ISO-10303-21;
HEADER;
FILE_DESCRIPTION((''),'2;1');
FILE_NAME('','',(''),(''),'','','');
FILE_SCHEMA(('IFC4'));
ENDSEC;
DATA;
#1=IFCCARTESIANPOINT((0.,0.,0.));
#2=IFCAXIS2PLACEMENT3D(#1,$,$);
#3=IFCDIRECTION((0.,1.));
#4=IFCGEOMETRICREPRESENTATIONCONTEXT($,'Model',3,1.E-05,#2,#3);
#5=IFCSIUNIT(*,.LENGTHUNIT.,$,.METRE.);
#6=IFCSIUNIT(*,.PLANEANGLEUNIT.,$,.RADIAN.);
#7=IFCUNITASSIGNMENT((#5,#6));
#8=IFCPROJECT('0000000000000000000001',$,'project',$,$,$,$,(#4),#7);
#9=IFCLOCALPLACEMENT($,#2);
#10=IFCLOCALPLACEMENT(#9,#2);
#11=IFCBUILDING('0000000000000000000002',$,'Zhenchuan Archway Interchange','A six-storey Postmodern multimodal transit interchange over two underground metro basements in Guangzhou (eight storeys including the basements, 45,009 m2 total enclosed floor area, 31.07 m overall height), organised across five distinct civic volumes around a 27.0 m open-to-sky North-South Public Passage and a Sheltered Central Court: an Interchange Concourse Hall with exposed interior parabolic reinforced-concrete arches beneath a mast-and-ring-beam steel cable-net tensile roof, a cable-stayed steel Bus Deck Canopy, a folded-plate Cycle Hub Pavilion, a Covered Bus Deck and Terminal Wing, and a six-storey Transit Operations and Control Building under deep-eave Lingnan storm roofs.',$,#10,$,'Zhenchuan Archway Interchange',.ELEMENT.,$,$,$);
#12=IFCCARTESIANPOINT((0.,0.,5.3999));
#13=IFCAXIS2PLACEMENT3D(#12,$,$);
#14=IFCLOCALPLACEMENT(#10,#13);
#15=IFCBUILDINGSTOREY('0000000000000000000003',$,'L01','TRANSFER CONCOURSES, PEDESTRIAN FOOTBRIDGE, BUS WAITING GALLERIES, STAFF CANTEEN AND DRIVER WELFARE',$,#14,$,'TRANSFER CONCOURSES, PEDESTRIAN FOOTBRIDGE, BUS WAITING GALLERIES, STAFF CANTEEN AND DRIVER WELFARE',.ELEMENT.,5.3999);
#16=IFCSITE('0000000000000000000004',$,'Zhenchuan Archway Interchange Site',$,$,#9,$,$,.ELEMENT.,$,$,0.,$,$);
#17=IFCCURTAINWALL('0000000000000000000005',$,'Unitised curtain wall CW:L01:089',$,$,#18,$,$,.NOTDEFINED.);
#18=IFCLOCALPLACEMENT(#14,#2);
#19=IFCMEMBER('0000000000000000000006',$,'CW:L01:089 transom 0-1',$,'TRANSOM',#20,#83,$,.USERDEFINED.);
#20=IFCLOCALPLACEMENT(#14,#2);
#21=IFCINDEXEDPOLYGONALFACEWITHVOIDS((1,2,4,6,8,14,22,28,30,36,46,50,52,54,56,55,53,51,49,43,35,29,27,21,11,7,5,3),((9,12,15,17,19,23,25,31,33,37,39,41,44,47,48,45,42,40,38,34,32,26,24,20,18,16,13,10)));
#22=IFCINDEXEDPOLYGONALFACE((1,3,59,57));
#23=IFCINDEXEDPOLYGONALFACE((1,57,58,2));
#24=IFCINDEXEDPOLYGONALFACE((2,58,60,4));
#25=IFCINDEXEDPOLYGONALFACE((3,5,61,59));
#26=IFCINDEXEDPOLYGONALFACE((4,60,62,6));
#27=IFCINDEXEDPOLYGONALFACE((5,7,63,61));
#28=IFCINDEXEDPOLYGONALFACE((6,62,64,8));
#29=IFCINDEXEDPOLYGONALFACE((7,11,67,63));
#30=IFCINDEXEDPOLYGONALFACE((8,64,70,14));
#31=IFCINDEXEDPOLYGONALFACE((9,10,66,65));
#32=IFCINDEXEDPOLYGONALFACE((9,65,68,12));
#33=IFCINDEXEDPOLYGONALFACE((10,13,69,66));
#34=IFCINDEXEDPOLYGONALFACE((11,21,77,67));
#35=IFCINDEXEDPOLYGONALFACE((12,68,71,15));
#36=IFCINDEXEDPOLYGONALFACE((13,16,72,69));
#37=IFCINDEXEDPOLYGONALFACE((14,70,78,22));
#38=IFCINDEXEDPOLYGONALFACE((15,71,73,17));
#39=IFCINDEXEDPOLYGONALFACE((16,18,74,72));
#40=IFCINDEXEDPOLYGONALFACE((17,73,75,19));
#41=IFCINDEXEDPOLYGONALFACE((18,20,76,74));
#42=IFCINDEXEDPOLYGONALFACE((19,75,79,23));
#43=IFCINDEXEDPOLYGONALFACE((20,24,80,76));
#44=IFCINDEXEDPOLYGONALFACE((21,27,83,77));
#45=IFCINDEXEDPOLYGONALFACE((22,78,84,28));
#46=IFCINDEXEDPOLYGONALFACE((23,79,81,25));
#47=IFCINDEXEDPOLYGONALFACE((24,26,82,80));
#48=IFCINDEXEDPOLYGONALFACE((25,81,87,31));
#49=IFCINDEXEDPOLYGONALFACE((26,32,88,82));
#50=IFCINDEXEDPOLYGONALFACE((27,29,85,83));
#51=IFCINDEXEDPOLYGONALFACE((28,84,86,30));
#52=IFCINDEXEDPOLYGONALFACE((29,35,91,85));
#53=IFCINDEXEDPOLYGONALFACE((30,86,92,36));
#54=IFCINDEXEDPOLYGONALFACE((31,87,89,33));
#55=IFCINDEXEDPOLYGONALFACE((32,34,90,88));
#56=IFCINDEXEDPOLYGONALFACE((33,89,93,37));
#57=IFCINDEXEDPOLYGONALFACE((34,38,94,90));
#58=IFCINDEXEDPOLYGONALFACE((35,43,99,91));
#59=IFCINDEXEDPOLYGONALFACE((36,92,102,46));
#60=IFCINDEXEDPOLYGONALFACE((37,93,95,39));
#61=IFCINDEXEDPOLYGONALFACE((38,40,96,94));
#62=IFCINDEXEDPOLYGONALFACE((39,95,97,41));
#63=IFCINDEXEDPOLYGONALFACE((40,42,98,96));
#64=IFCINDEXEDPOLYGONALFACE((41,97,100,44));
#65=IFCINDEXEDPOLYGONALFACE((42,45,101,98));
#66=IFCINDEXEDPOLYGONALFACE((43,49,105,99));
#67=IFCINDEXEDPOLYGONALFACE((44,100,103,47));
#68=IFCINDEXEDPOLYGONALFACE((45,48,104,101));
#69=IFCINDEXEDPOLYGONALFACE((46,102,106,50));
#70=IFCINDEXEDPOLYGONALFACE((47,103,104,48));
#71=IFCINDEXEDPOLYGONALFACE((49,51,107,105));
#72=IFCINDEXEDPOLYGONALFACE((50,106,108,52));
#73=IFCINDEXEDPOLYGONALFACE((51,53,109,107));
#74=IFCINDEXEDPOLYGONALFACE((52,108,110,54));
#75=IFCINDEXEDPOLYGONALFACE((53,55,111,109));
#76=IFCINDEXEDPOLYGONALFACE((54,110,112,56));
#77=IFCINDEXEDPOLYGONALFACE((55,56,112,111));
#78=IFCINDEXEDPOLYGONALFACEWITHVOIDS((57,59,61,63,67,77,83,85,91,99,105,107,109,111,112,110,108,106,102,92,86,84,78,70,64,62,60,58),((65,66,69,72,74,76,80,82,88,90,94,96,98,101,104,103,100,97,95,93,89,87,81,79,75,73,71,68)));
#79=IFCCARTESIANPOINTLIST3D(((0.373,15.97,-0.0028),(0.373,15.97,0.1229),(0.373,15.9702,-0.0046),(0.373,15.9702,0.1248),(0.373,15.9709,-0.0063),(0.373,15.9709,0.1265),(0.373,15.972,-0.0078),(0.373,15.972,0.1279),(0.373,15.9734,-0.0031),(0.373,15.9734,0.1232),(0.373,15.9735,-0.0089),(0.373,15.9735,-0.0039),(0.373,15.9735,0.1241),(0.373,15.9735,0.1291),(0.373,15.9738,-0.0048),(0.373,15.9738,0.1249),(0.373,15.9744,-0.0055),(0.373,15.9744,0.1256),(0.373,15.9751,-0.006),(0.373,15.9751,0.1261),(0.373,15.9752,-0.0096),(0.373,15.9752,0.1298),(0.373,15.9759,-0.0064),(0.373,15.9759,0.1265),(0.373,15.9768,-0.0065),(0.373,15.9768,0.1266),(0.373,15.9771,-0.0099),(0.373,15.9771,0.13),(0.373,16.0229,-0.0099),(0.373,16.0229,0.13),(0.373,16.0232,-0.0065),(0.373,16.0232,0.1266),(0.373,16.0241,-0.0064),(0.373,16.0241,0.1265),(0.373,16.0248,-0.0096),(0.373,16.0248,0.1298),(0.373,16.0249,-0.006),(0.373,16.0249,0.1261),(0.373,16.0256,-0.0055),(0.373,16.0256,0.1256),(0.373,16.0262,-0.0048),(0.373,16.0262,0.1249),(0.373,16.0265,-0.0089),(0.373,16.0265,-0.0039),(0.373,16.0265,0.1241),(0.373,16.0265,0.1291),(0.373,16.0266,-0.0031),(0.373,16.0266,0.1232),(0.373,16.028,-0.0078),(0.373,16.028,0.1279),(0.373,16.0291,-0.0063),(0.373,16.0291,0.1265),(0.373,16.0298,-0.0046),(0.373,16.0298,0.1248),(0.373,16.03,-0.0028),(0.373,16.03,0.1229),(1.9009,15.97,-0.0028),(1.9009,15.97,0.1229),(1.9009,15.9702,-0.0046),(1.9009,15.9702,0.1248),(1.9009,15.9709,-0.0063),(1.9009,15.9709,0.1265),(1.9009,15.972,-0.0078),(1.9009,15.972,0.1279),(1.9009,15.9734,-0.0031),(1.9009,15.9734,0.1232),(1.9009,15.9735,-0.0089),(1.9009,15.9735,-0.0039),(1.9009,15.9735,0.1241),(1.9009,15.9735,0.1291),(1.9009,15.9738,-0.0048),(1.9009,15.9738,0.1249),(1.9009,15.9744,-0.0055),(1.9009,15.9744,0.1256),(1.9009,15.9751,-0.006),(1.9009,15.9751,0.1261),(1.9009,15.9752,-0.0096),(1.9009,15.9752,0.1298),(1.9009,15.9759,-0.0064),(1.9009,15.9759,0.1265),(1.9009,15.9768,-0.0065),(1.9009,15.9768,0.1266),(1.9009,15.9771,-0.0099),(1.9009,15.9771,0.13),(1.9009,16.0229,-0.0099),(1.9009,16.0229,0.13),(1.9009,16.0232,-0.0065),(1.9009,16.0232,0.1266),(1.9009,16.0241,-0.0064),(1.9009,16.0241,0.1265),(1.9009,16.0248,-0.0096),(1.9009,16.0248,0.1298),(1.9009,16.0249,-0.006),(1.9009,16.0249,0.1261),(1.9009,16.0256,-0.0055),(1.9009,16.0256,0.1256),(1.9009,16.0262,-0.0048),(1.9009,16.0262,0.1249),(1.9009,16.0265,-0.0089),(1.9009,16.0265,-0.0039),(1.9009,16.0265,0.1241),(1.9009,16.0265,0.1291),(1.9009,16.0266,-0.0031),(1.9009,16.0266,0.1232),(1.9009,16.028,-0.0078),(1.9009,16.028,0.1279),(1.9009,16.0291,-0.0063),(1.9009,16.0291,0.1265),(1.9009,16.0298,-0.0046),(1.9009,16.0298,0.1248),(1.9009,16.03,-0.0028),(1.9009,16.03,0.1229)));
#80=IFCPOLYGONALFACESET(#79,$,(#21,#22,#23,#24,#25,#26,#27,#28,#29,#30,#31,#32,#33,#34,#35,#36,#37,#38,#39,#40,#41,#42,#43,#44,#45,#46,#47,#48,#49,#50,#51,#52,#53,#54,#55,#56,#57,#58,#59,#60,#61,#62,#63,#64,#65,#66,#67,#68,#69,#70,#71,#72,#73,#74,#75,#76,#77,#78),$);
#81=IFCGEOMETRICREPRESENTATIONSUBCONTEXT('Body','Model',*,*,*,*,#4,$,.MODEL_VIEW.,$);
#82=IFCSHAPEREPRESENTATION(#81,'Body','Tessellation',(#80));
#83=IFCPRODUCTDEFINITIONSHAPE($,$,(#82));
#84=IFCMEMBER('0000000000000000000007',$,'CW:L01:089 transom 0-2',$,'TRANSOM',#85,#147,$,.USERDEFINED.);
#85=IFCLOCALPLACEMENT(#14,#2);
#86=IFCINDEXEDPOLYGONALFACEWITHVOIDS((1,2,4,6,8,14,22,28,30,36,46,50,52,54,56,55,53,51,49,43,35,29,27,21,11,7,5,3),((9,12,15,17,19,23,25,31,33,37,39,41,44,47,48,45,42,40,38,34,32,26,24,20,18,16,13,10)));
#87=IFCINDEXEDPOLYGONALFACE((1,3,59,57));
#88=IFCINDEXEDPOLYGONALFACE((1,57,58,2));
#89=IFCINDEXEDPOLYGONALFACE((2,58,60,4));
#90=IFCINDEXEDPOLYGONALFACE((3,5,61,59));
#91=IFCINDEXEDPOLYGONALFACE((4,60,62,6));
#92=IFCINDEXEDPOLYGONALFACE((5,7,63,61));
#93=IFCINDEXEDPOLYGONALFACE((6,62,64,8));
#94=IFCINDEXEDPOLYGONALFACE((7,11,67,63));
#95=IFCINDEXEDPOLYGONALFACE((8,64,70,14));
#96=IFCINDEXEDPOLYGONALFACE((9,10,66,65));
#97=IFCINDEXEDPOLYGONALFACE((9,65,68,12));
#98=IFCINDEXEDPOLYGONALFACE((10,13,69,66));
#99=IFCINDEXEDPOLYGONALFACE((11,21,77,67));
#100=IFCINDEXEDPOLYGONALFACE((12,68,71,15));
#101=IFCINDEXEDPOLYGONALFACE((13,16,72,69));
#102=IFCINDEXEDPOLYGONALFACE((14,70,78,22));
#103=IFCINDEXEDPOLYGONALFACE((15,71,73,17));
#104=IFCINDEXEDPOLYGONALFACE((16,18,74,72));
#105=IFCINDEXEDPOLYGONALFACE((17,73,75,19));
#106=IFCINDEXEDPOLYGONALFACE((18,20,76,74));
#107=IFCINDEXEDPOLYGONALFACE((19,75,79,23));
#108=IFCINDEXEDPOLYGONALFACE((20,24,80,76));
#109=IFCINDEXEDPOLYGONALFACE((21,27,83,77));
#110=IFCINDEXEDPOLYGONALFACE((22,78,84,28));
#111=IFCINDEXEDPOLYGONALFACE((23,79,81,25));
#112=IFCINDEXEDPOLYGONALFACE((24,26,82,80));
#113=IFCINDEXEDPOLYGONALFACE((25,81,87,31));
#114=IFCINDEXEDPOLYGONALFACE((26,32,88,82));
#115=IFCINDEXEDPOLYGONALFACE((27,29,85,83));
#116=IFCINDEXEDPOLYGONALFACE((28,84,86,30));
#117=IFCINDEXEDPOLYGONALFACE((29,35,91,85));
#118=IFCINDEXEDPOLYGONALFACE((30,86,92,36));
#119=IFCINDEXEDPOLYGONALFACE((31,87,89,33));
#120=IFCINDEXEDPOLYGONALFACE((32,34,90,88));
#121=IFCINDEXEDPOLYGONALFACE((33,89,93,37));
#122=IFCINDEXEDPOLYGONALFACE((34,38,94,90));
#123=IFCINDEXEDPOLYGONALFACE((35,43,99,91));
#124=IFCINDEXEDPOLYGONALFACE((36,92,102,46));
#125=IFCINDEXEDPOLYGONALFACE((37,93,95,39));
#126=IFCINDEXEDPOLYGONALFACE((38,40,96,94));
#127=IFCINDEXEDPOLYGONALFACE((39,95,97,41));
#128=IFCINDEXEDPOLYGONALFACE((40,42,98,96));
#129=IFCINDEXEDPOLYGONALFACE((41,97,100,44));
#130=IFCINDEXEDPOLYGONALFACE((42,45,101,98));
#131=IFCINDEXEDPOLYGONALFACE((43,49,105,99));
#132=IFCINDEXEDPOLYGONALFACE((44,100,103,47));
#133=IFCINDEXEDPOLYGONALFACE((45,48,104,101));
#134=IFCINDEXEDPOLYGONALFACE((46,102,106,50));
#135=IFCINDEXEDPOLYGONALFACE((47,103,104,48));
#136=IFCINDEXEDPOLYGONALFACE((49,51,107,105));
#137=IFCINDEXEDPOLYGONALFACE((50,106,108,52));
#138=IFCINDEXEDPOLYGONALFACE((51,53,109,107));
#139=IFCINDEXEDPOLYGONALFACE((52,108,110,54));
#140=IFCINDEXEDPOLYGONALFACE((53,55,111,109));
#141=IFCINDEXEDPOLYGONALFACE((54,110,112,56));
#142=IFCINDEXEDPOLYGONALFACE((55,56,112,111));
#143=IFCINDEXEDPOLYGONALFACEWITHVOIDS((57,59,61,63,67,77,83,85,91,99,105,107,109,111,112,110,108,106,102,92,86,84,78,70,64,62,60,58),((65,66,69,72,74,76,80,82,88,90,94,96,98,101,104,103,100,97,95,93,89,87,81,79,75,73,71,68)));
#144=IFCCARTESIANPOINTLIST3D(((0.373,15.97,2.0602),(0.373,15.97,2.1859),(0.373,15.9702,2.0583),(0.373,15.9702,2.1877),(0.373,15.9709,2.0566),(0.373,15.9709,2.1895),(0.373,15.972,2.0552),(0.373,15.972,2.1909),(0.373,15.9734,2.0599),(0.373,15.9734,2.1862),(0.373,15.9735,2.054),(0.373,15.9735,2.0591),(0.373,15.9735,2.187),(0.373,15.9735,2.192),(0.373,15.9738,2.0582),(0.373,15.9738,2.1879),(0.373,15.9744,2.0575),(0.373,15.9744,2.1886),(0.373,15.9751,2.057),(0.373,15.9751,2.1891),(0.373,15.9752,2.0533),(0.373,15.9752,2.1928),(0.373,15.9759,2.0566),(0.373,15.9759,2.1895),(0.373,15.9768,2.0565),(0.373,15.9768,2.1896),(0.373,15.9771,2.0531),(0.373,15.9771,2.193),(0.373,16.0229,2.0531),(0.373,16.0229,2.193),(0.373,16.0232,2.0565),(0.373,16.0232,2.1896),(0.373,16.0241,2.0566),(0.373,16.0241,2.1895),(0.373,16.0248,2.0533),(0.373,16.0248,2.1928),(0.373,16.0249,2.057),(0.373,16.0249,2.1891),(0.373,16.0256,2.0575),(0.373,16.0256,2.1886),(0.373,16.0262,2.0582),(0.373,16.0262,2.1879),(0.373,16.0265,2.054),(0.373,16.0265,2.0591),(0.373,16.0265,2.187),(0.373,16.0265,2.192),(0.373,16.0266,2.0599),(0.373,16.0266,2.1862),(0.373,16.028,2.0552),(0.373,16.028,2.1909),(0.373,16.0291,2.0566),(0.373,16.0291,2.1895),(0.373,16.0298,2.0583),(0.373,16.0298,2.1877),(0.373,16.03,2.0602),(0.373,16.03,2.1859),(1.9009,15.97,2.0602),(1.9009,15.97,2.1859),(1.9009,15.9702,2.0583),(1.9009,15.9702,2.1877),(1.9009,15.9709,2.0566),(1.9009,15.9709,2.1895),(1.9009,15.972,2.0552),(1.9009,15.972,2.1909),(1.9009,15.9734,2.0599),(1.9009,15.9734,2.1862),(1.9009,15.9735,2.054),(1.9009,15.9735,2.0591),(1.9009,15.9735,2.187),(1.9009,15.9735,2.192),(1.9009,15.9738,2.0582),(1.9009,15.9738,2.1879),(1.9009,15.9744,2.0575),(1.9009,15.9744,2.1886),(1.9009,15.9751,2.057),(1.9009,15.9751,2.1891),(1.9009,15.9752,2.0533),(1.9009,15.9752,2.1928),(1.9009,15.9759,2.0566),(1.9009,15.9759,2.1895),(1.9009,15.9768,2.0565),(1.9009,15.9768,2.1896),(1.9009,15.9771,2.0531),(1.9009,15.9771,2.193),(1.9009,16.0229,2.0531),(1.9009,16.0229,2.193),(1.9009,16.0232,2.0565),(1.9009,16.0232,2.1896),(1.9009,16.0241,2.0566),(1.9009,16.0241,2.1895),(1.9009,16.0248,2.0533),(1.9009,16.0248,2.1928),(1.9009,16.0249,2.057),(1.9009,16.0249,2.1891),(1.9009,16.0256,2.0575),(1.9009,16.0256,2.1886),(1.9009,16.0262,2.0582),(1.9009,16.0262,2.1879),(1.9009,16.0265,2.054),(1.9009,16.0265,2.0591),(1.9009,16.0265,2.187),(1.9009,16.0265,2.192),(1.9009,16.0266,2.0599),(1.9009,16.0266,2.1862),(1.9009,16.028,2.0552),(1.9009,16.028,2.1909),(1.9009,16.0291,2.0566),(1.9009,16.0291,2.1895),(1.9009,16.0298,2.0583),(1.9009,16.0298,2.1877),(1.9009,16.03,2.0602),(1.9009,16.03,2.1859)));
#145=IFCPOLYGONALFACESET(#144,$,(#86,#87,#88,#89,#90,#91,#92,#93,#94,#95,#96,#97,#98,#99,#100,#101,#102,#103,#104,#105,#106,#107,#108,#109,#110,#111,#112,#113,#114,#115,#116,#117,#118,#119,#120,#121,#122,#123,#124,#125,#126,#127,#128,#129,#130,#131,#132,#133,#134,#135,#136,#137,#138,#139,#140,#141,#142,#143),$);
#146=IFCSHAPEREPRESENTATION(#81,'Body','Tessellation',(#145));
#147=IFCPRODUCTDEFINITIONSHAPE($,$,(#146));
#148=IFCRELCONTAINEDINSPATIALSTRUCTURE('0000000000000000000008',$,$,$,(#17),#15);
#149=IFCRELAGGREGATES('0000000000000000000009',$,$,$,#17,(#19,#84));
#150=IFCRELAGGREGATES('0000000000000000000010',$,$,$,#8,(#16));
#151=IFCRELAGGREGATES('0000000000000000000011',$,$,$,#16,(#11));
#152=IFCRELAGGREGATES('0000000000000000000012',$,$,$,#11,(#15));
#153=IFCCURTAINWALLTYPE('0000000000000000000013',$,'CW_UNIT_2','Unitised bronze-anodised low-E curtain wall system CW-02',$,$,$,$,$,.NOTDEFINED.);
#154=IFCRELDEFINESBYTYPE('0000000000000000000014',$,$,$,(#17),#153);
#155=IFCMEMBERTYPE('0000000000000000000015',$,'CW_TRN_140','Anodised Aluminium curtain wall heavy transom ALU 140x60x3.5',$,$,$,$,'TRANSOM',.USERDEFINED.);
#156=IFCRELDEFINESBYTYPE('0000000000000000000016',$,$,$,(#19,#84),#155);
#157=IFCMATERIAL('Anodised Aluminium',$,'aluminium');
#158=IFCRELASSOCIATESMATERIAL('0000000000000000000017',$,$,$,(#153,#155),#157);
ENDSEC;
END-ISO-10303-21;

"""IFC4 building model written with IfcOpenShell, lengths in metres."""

from ifc_helpers import new_model, si_unit, direction, frame, origin, origin_2d, place, context, subcontext, project, spatial, hollow_rectangle, extrude, material, material_profile, profile_set, type_object, element, aggregate, save


model = new_model("IFC4")

# Units and contexts
model_context = context("Model", 3, precision=1e-05, world=origin(), true_north=direction((0.0, 1.0)))
body_context = subcontext(model_context, "Body", "Model", "MODEL_VIEW")
ifc_project = project(units=[si_unit("LENGTHUNIT", "METRE"), si_unit("PLANEANGLEUNIT", "RADIAN")], contexts=[model_context])

# Site, building, storey
site_placement = place(None, origin())
site = spatial("IfcSite", under=ifc_project, at=site_placement, Name="Zhenchuan Archway Interchange Site", CompositionType="ELEMENT", RefElevation=0.0)
building_placement = place(site_placement, origin())
building = spatial("IfcBuilding", under=site, at=building_placement, Name="Zhenchuan Archway Interchange", Description="A six-storey Postmodern multimodal transit interchange over two underground metro basements in Guangzhou (eight storeys including the basements, 45,009 m2 total enclosed floor area, 31.07 m overall height), organised across five distinct civic volumes around a 27.0 m open-to-sky North-South Public Passage and a Sheltered Central Court: an Interchange Concourse Hall with exposed interior parabolic reinforced-concrete arches beneath a mast-and-ring-beam steel cable-net tensile roof, a cable-stayed steel Bus Deck Canopy, a folded-plate Cycle Hub Pavilion, a Covered Bus Deck and Terminal Wing, and a six-storey Transit Operations and Control Building under deep-eave Lingnan storm roofs.", LongName="Zhenchuan Archway Interchange", CompositionType="ELEMENT")
storey_placement = place(building_placement, frame((0.0, 0.0, 5.3999)))
storey = spatial("IfcBuildingStorey", under=building, at=storey_placement, Name="L01", Description="TRANSFER CONCOURSES, PEDESTRIAN FOOTBRIDGE, BUS WAITING GALLERIES, STAFF CANTEEN AND DRIVER WELFARE", LongName="TRANSFER CONCOURSES, PEDESTRIAN FOOTBRIDGE, BUS WAITING GALLERIES, STAFF CANTEEN AND DRIVER WELFARE", CompositionType="ELEMENT", Elevation=5.3999)

# Shared definitions
ifc_material_1 = material(Name="Anodised Aluminium", Category="aluminium")

# Curtain wall
curtain_wall_type_1 = type_object("IfcCurtainWallType", Name="CW_UNIT_2", Description="Unitised bronze-anodised low-E curtain wall system CW-02", PredefinedType="NOTDEFINED", material=ifc_material_1)
curtain_wall_1_placement = place(storey_placement, origin())
curtain_wall_1 = element("IfcCurtainWall", 1, at=curtain_wall_1_placement, inside=storey, type_object=curtain_wall_type_1, Name="Unitised curtain wall CW:L01:089", PredefinedType="NOTDEFINED")

# Members
ifc_material_profile_1 = material_profile(ifc_material_1, hollow_rectangle(XDim=0.0601, YDim=0.1399, WallThickness=0.0034, InnerFilletRadius=0.0034, OuterFilletRadius=0.0071, at=origin_2d()), Name="ALU 140x60x3.5")
ifc_profile_set_1 = profile_set([ifc_material_profile_1], Name="Anodised Aluminium")
member_type_1 = type_object("IfcMemberType", Name="CW_TRN_140", Description="Anodised Aluminium curtain wall heavy transom ALU 140x60x3.5", ElementType="TRANSOM", PredefinedType="USERDEFINED", material=ifc_profile_set_1)
member_1_placement = place(storey_placement, frame((0.373, 16.0, 0.0601), z_axis=(1.0, 0.0, 0.0), x_axis=(0.0, 1.0, 0.0)))
member_1 = element("IfcMember", 2, at=member_1_placement, type_object=member_type_1, Name="CW:L01:089 transom 0-1", ObjectType="TRANSOM", PredefinedType="USERDEFINED", context=body_context, shape_type="SweptSolid", body=[
    extrude(hollow_rectangle(XDim=0.0601, YDim=0.1399, WallThickness=0.0034, InnerFilletRadius=0.0034, OuterFilletRadius=0.0071, at=origin_2d()), origin(), (0.0, 0.0, 1.0), 1.5278),
])
member_2_placement = place(storey_placement, frame((0.373, 16.0, 2.123), z_axis=(1.0, 0.0, 0.0), x_axis=(0.0, 1.0, 0.0)))
member_2 = element("IfcMember", 3, at=member_2_placement, type_object=member_type_1, Name="CW:L01:089 transom 0-2", ObjectType="TRANSOM", PredefinedType="USERDEFINED", context=body_context, shape_type="SweptSolid", body=[
    extrude(hollow_rectangle(XDim=0.0601, YDim=0.1399, WallThickness=0.0034, InnerFilletRadius=0.0034, OuterFilletRadius=0.0071, at=origin_2d()), origin(), (0.0, 0.0, 1.0), 1.5278),
])
aggregate(curtain_wall_1, [member_1, member_2])

save(model, "model.ifc")
